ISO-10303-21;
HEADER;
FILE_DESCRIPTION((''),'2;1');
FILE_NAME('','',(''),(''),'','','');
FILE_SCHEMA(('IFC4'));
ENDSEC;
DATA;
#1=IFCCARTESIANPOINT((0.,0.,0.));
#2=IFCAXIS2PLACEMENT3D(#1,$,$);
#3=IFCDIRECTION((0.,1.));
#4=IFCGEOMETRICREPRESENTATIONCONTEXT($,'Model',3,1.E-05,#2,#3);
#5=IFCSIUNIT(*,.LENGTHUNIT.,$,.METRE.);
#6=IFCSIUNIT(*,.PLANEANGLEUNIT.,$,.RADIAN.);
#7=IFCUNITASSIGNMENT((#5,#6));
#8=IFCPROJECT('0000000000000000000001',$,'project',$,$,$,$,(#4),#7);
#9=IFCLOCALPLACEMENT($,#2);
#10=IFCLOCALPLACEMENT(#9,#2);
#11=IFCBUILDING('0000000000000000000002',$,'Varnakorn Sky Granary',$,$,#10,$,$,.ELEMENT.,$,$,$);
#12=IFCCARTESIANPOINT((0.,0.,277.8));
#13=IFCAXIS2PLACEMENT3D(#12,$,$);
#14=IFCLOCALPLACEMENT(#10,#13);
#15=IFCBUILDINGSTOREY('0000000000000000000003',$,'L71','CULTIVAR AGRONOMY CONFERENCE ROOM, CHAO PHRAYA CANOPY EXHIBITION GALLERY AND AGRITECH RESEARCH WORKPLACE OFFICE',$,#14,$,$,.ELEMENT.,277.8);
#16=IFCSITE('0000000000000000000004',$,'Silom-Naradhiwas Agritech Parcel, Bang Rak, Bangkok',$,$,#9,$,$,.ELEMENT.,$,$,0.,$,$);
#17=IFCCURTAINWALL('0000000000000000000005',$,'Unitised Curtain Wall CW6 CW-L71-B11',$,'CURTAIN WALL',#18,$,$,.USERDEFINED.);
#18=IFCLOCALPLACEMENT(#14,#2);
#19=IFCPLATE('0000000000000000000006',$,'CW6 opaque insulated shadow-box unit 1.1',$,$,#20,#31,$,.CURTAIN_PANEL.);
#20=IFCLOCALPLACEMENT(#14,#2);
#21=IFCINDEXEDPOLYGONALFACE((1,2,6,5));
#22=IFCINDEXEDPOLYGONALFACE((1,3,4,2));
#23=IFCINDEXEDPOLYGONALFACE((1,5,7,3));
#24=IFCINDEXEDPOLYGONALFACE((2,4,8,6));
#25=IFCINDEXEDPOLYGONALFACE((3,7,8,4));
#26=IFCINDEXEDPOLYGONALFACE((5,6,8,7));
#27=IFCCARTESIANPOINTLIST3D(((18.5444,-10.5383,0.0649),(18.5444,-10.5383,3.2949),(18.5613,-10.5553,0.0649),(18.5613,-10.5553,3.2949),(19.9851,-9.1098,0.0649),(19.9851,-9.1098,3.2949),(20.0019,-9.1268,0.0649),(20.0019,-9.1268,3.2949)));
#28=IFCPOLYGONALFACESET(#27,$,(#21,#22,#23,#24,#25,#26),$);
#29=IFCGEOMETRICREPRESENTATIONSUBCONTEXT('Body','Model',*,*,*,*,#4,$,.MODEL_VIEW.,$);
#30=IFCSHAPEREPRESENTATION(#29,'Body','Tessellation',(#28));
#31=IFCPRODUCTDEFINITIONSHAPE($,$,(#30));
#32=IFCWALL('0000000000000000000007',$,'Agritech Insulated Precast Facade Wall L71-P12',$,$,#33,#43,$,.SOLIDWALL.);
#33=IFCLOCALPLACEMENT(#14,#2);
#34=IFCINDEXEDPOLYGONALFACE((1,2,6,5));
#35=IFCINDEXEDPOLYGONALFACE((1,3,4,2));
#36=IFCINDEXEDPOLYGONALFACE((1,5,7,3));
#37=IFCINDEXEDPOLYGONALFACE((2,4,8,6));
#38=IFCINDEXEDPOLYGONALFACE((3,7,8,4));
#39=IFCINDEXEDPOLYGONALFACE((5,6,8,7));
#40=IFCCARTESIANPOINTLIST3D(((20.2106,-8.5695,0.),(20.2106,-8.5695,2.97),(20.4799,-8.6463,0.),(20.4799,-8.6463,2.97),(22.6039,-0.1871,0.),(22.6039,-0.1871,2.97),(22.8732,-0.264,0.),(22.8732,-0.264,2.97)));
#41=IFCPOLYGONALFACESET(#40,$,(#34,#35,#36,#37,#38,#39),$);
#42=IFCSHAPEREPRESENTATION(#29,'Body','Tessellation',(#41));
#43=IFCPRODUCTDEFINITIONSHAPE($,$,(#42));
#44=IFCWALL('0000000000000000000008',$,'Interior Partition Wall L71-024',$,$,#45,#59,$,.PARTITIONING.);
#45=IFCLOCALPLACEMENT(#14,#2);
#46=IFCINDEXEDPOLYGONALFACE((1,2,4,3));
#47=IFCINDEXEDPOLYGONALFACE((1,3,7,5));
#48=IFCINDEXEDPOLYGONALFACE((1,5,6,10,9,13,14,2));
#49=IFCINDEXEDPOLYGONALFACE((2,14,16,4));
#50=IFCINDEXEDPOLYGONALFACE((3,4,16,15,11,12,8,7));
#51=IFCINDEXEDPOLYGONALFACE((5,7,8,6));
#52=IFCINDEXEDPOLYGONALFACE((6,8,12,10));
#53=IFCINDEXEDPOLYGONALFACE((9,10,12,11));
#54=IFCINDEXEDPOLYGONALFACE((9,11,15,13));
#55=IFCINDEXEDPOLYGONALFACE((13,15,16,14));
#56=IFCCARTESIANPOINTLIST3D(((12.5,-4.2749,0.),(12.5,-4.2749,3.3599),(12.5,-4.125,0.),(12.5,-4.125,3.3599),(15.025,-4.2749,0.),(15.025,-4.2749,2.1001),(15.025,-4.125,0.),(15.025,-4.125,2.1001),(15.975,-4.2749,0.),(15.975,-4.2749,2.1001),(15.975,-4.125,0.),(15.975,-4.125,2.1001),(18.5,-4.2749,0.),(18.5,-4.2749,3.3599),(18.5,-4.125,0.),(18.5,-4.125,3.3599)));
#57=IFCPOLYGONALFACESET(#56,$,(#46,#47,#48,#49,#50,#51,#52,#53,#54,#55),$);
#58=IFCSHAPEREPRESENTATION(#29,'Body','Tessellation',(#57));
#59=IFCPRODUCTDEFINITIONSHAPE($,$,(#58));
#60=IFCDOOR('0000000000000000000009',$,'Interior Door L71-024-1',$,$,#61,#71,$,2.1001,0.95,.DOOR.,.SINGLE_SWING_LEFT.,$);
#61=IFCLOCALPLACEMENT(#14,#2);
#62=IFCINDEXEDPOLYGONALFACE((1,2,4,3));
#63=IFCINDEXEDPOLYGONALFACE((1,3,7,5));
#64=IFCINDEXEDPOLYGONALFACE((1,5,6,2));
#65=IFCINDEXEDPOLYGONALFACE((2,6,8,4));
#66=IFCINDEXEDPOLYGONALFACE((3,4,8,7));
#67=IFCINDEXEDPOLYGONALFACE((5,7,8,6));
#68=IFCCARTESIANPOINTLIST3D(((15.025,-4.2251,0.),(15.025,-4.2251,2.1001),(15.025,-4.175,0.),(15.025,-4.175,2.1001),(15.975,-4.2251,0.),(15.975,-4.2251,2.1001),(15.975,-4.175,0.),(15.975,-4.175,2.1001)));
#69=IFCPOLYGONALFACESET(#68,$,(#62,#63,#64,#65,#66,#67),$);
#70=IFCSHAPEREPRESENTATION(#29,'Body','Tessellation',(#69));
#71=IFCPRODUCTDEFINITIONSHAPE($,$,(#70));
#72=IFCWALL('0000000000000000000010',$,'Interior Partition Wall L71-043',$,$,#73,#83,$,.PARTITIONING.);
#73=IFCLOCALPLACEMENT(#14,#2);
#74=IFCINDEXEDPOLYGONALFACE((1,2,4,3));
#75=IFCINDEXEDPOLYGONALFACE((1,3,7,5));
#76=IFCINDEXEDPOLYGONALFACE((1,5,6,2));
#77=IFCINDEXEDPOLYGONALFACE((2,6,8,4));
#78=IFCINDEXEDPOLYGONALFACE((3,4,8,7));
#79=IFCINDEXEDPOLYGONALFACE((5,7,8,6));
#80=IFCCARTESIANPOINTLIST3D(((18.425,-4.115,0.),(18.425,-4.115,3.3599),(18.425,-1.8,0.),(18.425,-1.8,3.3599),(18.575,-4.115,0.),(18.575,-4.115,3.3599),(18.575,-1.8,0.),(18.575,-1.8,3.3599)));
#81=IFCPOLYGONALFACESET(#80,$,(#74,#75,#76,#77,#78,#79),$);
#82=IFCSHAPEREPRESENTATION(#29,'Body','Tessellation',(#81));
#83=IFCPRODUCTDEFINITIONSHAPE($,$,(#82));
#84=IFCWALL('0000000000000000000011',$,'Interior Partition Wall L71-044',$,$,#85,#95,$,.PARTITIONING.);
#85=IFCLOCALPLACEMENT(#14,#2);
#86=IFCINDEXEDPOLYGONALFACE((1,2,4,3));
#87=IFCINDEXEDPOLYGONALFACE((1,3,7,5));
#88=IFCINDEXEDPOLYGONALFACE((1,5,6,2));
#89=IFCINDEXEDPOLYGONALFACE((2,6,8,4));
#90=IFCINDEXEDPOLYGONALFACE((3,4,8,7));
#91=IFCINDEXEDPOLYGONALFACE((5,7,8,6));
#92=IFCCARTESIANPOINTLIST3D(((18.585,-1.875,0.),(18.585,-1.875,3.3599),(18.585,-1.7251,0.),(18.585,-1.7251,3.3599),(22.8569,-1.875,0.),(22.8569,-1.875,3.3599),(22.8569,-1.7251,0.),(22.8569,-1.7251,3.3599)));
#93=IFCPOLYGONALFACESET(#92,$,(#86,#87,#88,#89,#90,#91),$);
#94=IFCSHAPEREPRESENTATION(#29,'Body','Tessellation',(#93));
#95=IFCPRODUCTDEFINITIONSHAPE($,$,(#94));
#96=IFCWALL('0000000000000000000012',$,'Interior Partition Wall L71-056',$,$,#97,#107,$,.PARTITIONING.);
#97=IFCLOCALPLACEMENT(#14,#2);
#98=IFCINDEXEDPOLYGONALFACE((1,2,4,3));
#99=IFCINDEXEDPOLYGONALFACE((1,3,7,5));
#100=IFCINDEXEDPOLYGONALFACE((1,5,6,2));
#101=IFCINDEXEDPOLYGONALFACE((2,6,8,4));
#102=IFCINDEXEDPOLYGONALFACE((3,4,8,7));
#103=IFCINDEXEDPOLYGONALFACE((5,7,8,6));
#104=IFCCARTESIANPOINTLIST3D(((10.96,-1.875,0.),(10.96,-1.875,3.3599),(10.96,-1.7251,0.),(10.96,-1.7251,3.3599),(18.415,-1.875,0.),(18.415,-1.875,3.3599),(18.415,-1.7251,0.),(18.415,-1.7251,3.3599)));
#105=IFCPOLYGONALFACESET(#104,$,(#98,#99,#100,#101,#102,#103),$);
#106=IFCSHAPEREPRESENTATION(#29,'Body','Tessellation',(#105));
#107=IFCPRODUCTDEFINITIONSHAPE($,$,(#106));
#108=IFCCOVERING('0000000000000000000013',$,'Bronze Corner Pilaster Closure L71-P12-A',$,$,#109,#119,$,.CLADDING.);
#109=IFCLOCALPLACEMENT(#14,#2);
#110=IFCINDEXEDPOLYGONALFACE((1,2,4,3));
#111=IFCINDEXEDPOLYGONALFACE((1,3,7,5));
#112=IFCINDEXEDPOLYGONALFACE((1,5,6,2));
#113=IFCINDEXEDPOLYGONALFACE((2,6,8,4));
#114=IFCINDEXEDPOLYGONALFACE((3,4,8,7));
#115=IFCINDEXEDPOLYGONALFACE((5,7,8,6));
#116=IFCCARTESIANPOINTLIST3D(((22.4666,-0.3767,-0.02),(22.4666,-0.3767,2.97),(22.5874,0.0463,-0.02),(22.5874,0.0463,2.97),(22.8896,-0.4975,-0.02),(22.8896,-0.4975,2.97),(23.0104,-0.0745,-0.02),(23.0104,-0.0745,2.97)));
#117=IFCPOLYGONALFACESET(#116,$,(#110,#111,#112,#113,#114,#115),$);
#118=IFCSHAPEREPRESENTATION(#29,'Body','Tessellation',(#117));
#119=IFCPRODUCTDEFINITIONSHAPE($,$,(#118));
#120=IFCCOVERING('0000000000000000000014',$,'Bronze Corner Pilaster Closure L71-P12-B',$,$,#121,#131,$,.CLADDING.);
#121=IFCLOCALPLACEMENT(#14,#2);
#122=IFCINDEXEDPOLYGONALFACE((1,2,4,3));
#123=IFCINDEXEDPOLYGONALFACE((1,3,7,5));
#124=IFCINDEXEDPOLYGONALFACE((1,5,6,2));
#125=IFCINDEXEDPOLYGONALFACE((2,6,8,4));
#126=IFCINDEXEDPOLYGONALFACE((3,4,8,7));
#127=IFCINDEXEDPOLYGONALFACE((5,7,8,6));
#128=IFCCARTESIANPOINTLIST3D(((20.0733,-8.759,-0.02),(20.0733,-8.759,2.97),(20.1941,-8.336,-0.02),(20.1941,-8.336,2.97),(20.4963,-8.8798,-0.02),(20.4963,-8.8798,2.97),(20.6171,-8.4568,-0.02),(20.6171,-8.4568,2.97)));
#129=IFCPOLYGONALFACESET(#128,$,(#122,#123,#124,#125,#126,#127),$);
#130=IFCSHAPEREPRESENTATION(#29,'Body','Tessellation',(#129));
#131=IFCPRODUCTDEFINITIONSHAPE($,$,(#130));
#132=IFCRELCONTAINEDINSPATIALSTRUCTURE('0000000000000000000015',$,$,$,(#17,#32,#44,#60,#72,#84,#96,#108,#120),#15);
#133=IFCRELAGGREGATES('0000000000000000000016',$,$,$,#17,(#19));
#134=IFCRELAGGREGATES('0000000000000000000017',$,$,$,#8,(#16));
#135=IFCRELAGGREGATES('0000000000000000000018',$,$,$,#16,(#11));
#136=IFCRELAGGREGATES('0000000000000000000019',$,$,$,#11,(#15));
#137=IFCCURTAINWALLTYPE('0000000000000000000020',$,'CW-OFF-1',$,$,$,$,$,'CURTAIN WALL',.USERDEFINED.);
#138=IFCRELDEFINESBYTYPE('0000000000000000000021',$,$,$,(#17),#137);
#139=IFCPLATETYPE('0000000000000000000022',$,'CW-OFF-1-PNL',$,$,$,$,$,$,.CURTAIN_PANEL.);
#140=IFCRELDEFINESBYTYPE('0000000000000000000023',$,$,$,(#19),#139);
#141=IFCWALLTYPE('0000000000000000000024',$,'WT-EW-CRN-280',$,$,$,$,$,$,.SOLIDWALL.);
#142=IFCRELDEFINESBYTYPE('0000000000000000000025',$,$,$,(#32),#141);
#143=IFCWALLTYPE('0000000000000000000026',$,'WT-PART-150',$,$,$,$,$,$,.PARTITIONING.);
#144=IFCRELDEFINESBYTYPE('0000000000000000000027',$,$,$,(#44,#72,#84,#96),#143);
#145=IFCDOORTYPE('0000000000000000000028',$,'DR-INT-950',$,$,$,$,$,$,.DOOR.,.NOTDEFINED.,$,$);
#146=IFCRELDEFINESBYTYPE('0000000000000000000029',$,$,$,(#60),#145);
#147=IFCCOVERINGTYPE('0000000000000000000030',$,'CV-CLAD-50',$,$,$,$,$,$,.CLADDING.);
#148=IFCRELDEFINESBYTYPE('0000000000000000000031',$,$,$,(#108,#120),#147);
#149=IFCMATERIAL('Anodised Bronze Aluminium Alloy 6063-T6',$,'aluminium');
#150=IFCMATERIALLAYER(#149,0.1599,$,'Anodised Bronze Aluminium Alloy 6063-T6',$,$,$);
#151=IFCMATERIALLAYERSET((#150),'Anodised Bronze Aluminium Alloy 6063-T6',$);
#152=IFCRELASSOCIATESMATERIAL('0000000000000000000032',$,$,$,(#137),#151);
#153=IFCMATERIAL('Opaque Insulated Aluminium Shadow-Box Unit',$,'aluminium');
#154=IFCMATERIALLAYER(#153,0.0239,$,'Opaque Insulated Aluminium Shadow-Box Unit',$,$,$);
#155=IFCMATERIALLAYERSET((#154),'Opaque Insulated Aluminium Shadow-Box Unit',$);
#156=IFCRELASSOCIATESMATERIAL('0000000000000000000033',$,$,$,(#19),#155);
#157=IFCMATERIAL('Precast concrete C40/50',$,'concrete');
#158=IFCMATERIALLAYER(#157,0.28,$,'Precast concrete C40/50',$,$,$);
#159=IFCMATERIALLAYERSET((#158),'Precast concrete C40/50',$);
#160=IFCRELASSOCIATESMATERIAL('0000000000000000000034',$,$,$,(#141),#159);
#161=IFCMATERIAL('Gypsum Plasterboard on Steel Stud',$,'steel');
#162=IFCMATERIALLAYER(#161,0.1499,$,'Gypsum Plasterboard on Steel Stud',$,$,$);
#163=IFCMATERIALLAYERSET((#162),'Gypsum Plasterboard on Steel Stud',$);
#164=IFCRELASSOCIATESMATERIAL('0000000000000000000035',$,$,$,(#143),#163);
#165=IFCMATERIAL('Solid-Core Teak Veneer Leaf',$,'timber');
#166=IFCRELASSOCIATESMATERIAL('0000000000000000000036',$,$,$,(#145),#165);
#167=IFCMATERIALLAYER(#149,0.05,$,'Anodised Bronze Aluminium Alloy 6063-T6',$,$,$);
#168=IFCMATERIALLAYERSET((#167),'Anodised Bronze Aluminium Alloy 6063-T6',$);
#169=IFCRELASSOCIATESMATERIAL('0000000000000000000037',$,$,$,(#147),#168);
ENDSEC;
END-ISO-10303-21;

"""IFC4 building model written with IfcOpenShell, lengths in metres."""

from ifc_helpers import new_model, si_unit, direction, frame, frame_2d, origin, origin_2d, place, context, subcontext, project, spatial, rectangle, extrude, source, transform, mapped, material, layer, layer_set, type_object, type_shapes, element, fill, aggregate, save


model = new_model("IFC4")

# Units and contexts
model_context = context("Model", 3, precision=1e-05, world=origin(), true_north=direction((0.0, 1.0)))
body_context = subcontext(model_context, "Body", "Model", "MODEL_VIEW")
ifc_project = project(units=[si_unit("LENGTHUNIT", "METRE"), si_unit("PLANEANGLEUNIT", "RADIAN")], contexts=[model_context])

# Site, building, storey
site_placement = place(None, origin())
site = spatial("IfcSite", under=ifc_project, at=site_placement, Name="Silom-Naradhiwas Agritech Parcel, Bang Rak, Bangkok", CompositionType="ELEMENT", RefElevation=0.0)
building_placement = place(site_placement, origin())
building = spatial("IfcBuilding", under=site, at=building_placement, Name="Varnakorn Sky Granary", CompositionType="ELEMENT")
storey_placement = place(building_placement, frame((0.0, 0.0, 277.8)))
storey = spatial("IfcBuildingStorey", under=building, at=storey_placement, Name="L71", Description="CULTIVAR AGRONOMY CONFERENCE ROOM, CHAO PHRAYA CANOPY EXHIBITION GALLERY AND AGRITECH RESEARCH WORKPLACE OFFICE", CompositionType="ELEMENT", Elevation=277.8)

# Shared definitions
ifc_material_1 = material(Name="Anodised Bronze Aluminium Alloy 6063-T6", Category="aluminium")
ifc_layer_1 = layer(ifc_material_1, 0.1599, Name="Anodised Bronze Aluminium Alloy 6063-T6")
ifc_layer_set_1 = layer_set([ifc_layer_1], Name="Anodised Bronze Aluminium Alloy 6063-T6")
curtain_wall_type = type_object("IfcCurtainWallType", Name="CW-OFF-1", ElementType="CURTAIN WALL", PredefinedType="USERDEFINED", material=ifc_layer_set_1)

# Curtain wall
curtain_wall_1_placement = place(storey_placement, origin())
curtain_wall_1 = element("IfcCurtainWall", 1, at=curtain_wall_1_placement, inside=storey, type_object=curtain_wall_type, Name="Unitised Curtain Wall CW6 CW-L71-B11", ObjectType="CURTAIN WALL", PredefinedType="USERDEFINED")

# Plate
ifc_material_2 = material(Name="Opaque Insulated Aluminium Shadow-Box Unit", Category="aluminium")
ifc_layer_2 = layer(ifc_material_2, 0.0239, Name="Opaque Insulated Aluminium Shadow-Box Unit")
ifc_layer_set_2 = layer_set([ifc_layer_2], Name="Opaque Insulated Aluminium Shadow-Box Unit")
plate_type = type_object("IfcPlateType", Name="CW-OFF-1-PNL", PredefinedType="CURTAIN_PANEL")
shared_shape_1 = source(origin(), body_context, "Body", "SweptSolid", [
    extrude(rectangle(XDim=2.0288, YDim=0.0239, at=origin_2d()), origin(), (0.0, 0.0, 1.0), 3.23),
])
type_shapes(plate_type, [shared_shape_1])
plate_placement = place(storey_placement, frame((19.2732, -9.8325, 0.0649), z_axis=(0.0, 0.0, 1.0), x_axis=(-0.710099, -0.704102, 0.0)))
plate = element("IfcPlate", 2, at=plate_placement, type_object=plate_type, material=ifc_layer_set_2, Name="CW6 opaque insulated shadow-box unit 1.1", PredefinedType="CURTAIN_PANEL", context=body_context, shape_type="MappedRepresentation", body=[
    mapped(shared_shape_1, transform((0.0, 0.0, 0.0), x_axis=(1.0, 0.0, 0.0), y_axis=(0.0, 1.0, 0.0), z_axis=(0.0, 0.0, 1.0), scale=1.0)),
])
aggregate(curtain_wall_1, [plate])

# Wall
ifc_material_3 = material(Name="Precast concrete C40/50", Category="concrete")
ifc_layer_3 = layer(ifc_material_3, 0.28, Name="Precast concrete C40/50")
ifc_layer_set_3 = layer_set([ifc_layer_3], Name="Precast concrete C40/50")
wall_type_1 = type_object("IfcWallType", Name="WT-EW-CRN-280", PredefinedType="SOLIDWALL", material=ifc_layer_set_3)
wall_1_placement = place(storey_placement, frame((22.7385, -0.2256, 0.0), z_axis=(0.0, 0.0, 1.0), x_axis=(-0.274547, -0.961574, 0.0)))
element("IfcWall", 3, at=wall_1_placement, inside=storey, type_object=wall_type_1, Name="Agritech Insulated Precast Facade Wall L71-P12", PredefinedType="SOLIDWALL", context=body_context, shape_type="SweptSolid", body=[
    extrude(rectangle(XDim=8.7173, YDim=0.28, at=frame_2d((4.3586, 0.0))), origin(), (0.0, 0.0, 1.0), 2.97),
])

# Wall, opening, door
ifc_material_4 = material(Name="Gypsum Plasterboard on Steel Stud", Category="steel")
ifc_layer_4 = layer(ifc_material_4, 0.1499, Name="Gypsum Plasterboard on Steel Stud")
ifc_layer_set_4 = layer_set([ifc_layer_4], Name="Gypsum Plasterboard on Steel Stud")
wall_type_2 = type_object("IfcWallType", Name="WT-PART-150", PredefinedType="PARTITIONING", material=ifc_layer_set_4)
wall_2_placement = place(storey_placement, frame((12.5, -4.2, 0.0), z_axis=(0.0, 0.0, 1.0), x_axis=(1.0, 0.0, 0.0)))
wall_2 = element("IfcWall", 4, at=wall_2_placement, inside=storey, type_object=wall_type_2, Name="Interior Partition Wall L71-024", PredefinedType="PARTITIONING", context=body_context, shape_type="SweptSolid", body=[
    extrude(rectangle(XDim=6.0, YDim=0.1499, at=frame_2d((3.0, 0.0))), origin(), (0.0, 0.0, 1.0), 3.3599),
])
opening_placement = place(wall_2_placement, frame((2.5249, 0.0, 0.0)))
opening = element("IfcOpeningElement", 5, at=opening_placement, cuts=wall_2, PredefinedType="OPENING", context=body_context, shape_type="SweptSolid", body=[
    extrude(rectangle(XDim=0.95, YDim=2.1001, at=frame_2d((0.4751, 1.05))), frame((0.0, 0.085, 0.0), z_axis=(0.0, -1.0, 0.0), x_axis=(1.0, 0.0, 0.0)), (0.0, 0.0, 1.0), 0.1699),
])
ifc_material_5 = material(Name="Solid-Core Teak Veneer Leaf", Category="timber")
door_type = type_object("IfcDoorType", Name="DR-INT-950", OperationType="NOTDEFINED", PredefinedType="DOOR", material=ifc_material_5)
door_placement = place(opening_placement, origin())
door = element("IfcDoor", 6, at=door_placement, inside=storey, type_object=door_type, Name="Interior Door L71-024-1", OperationType="SINGLE_SWING_LEFT", OverallHeight=2.1001, OverallWidth=0.95, PredefinedType="DOOR", context=body_context, shape_type="SweptSolid", body=[
    extrude(rectangle(XDim=0.95, YDim=2.1001, at=frame_2d((0.4751, 1.05))), frame((0.0, 0.0249, 0.0), z_axis=(0.0, -1.0, 0.0), x_axis=(1.0, 0.0, 0.0)), (0.0, 0.0, 1.0), 0.05),
])
fill(opening, door)

# Walls
wall_3_placement = place(storey_placement, frame((18.5, -4.115, 0.0), z_axis=(0.0, 0.0, 1.0), x_axis=(0.0, 1.0, 0.0)))
element("IfcWall", 7, at=wall_3_placement, inside=storey, type_object=wall_type_2, Name="Interior Partition Wall L71-043", PredefinedType="PARTITIONING", context=body_context, shape_type="SweptSolid", body=[
    extrude(rectangle(XDim=2.3149, YDim=0.1499, at=frame_2d((1.1575, 0.0))), origin(), (0.0, 0.0, 1.0), 3.3599),
])
wall_4_placement = place(storey_placement, frame((18.585, -1.8, 0.0), z_axis=(0.0, 0.0, 1.0), x_axis=(1.0, 0.0, 0.0)))
element("IfcWall", 8, at=wall_4_placement, inside=storey, type_object=wall_type_2, Name="Interior Partition Wall L71-044", PredefinedType="PARTITIONING", context=body_context, shape_type="SweptSolid", body=[
    extrude(rectangle(XDim=4.272, YDim=0.1499, at=frame_2d((2.136, 0.0))), origin(), (0.0, 0.0, 1.0), 3.3599),
])
wall_5_placement = place(storey_placement, frame((18.415, -1.8, 0.0), z_axis=(0.0, 0.0, 1.0), x_axis=(-1.0, 0.0, 0.0)))
element("IfcWall", 9, at=wall_5_placement, inside=storey, type_object=wall_type_2, Name="Interior Partition Wall L71-056", PredefinedType="PARTITIONING", context=body_context, shape_type="SweptSolid", body=[
    extrude(rectangle(XDim=7.4551, YDim=0.1499, at=frame_2d((3.7275, 0.0))), origin(), (0.0, 0.0, 1.0), 3.3599),
])

# Coverings
ifc_layer_5 = layer(ifc_material_1, 0.05, Name="Anodised Bronze Aluminium Alloy 6063-T6")
ifc_layer_set_5 = layer_set([ifc_layer_5], Name="Anodised Bronze Aluminium Alloy 6063-T6")
covering_type = type_object("IfcCoveringType", Name="CV-CLAD-50", PredefinedType="CLADDING", material=ifc_layer_set_5)
shared_shape_2 = source(origin(), body_context, "Body", "SweptSolid", [
    extrude(rectangle(XDim=0.4399, YDim=0.4399, at=origin_2d()), origin(), (0.0, 0.0, 1.0), 2.99),
])
type_shapes(covering_type, [shared_shape_2])
for number, where, z_axis, x_axis, name in (
    (10, (22.7385, -0.2256, -0.02), (0.0, 0.0, 1.0), (-0.274631, -0.96155, 0.0), "Bronze Corner Pilaster Closure L71-P12-A"),
    (11, (20.3452, -8.6079, -0.02), (0.0, 0.0, 1.0), (-0.274631, -0.96155, 0.0), "Bronze Corner Pilaster Closure L71-P12-B"),
):
    element("IfcCovering", number, at=place(storey_placement, frame(where, z_axis=z_axis, x_axis=x_axis)), inside=storey, type_object=covering_type, Name=name, PredefinedType="CLADDING", context=body_context, shape_type="MappedRepresentation", body=[
        mapped(shared_shape_2, transform((0.0, 0.0, 0.0), x_axis=(1.0, 0.0, 0.0), y_axis=(0.0, 1.0, 0.0), z_axis=(0.0, 0.0, 1.0), scale=1.0)),
    ])

save(model, "model.ifc")
